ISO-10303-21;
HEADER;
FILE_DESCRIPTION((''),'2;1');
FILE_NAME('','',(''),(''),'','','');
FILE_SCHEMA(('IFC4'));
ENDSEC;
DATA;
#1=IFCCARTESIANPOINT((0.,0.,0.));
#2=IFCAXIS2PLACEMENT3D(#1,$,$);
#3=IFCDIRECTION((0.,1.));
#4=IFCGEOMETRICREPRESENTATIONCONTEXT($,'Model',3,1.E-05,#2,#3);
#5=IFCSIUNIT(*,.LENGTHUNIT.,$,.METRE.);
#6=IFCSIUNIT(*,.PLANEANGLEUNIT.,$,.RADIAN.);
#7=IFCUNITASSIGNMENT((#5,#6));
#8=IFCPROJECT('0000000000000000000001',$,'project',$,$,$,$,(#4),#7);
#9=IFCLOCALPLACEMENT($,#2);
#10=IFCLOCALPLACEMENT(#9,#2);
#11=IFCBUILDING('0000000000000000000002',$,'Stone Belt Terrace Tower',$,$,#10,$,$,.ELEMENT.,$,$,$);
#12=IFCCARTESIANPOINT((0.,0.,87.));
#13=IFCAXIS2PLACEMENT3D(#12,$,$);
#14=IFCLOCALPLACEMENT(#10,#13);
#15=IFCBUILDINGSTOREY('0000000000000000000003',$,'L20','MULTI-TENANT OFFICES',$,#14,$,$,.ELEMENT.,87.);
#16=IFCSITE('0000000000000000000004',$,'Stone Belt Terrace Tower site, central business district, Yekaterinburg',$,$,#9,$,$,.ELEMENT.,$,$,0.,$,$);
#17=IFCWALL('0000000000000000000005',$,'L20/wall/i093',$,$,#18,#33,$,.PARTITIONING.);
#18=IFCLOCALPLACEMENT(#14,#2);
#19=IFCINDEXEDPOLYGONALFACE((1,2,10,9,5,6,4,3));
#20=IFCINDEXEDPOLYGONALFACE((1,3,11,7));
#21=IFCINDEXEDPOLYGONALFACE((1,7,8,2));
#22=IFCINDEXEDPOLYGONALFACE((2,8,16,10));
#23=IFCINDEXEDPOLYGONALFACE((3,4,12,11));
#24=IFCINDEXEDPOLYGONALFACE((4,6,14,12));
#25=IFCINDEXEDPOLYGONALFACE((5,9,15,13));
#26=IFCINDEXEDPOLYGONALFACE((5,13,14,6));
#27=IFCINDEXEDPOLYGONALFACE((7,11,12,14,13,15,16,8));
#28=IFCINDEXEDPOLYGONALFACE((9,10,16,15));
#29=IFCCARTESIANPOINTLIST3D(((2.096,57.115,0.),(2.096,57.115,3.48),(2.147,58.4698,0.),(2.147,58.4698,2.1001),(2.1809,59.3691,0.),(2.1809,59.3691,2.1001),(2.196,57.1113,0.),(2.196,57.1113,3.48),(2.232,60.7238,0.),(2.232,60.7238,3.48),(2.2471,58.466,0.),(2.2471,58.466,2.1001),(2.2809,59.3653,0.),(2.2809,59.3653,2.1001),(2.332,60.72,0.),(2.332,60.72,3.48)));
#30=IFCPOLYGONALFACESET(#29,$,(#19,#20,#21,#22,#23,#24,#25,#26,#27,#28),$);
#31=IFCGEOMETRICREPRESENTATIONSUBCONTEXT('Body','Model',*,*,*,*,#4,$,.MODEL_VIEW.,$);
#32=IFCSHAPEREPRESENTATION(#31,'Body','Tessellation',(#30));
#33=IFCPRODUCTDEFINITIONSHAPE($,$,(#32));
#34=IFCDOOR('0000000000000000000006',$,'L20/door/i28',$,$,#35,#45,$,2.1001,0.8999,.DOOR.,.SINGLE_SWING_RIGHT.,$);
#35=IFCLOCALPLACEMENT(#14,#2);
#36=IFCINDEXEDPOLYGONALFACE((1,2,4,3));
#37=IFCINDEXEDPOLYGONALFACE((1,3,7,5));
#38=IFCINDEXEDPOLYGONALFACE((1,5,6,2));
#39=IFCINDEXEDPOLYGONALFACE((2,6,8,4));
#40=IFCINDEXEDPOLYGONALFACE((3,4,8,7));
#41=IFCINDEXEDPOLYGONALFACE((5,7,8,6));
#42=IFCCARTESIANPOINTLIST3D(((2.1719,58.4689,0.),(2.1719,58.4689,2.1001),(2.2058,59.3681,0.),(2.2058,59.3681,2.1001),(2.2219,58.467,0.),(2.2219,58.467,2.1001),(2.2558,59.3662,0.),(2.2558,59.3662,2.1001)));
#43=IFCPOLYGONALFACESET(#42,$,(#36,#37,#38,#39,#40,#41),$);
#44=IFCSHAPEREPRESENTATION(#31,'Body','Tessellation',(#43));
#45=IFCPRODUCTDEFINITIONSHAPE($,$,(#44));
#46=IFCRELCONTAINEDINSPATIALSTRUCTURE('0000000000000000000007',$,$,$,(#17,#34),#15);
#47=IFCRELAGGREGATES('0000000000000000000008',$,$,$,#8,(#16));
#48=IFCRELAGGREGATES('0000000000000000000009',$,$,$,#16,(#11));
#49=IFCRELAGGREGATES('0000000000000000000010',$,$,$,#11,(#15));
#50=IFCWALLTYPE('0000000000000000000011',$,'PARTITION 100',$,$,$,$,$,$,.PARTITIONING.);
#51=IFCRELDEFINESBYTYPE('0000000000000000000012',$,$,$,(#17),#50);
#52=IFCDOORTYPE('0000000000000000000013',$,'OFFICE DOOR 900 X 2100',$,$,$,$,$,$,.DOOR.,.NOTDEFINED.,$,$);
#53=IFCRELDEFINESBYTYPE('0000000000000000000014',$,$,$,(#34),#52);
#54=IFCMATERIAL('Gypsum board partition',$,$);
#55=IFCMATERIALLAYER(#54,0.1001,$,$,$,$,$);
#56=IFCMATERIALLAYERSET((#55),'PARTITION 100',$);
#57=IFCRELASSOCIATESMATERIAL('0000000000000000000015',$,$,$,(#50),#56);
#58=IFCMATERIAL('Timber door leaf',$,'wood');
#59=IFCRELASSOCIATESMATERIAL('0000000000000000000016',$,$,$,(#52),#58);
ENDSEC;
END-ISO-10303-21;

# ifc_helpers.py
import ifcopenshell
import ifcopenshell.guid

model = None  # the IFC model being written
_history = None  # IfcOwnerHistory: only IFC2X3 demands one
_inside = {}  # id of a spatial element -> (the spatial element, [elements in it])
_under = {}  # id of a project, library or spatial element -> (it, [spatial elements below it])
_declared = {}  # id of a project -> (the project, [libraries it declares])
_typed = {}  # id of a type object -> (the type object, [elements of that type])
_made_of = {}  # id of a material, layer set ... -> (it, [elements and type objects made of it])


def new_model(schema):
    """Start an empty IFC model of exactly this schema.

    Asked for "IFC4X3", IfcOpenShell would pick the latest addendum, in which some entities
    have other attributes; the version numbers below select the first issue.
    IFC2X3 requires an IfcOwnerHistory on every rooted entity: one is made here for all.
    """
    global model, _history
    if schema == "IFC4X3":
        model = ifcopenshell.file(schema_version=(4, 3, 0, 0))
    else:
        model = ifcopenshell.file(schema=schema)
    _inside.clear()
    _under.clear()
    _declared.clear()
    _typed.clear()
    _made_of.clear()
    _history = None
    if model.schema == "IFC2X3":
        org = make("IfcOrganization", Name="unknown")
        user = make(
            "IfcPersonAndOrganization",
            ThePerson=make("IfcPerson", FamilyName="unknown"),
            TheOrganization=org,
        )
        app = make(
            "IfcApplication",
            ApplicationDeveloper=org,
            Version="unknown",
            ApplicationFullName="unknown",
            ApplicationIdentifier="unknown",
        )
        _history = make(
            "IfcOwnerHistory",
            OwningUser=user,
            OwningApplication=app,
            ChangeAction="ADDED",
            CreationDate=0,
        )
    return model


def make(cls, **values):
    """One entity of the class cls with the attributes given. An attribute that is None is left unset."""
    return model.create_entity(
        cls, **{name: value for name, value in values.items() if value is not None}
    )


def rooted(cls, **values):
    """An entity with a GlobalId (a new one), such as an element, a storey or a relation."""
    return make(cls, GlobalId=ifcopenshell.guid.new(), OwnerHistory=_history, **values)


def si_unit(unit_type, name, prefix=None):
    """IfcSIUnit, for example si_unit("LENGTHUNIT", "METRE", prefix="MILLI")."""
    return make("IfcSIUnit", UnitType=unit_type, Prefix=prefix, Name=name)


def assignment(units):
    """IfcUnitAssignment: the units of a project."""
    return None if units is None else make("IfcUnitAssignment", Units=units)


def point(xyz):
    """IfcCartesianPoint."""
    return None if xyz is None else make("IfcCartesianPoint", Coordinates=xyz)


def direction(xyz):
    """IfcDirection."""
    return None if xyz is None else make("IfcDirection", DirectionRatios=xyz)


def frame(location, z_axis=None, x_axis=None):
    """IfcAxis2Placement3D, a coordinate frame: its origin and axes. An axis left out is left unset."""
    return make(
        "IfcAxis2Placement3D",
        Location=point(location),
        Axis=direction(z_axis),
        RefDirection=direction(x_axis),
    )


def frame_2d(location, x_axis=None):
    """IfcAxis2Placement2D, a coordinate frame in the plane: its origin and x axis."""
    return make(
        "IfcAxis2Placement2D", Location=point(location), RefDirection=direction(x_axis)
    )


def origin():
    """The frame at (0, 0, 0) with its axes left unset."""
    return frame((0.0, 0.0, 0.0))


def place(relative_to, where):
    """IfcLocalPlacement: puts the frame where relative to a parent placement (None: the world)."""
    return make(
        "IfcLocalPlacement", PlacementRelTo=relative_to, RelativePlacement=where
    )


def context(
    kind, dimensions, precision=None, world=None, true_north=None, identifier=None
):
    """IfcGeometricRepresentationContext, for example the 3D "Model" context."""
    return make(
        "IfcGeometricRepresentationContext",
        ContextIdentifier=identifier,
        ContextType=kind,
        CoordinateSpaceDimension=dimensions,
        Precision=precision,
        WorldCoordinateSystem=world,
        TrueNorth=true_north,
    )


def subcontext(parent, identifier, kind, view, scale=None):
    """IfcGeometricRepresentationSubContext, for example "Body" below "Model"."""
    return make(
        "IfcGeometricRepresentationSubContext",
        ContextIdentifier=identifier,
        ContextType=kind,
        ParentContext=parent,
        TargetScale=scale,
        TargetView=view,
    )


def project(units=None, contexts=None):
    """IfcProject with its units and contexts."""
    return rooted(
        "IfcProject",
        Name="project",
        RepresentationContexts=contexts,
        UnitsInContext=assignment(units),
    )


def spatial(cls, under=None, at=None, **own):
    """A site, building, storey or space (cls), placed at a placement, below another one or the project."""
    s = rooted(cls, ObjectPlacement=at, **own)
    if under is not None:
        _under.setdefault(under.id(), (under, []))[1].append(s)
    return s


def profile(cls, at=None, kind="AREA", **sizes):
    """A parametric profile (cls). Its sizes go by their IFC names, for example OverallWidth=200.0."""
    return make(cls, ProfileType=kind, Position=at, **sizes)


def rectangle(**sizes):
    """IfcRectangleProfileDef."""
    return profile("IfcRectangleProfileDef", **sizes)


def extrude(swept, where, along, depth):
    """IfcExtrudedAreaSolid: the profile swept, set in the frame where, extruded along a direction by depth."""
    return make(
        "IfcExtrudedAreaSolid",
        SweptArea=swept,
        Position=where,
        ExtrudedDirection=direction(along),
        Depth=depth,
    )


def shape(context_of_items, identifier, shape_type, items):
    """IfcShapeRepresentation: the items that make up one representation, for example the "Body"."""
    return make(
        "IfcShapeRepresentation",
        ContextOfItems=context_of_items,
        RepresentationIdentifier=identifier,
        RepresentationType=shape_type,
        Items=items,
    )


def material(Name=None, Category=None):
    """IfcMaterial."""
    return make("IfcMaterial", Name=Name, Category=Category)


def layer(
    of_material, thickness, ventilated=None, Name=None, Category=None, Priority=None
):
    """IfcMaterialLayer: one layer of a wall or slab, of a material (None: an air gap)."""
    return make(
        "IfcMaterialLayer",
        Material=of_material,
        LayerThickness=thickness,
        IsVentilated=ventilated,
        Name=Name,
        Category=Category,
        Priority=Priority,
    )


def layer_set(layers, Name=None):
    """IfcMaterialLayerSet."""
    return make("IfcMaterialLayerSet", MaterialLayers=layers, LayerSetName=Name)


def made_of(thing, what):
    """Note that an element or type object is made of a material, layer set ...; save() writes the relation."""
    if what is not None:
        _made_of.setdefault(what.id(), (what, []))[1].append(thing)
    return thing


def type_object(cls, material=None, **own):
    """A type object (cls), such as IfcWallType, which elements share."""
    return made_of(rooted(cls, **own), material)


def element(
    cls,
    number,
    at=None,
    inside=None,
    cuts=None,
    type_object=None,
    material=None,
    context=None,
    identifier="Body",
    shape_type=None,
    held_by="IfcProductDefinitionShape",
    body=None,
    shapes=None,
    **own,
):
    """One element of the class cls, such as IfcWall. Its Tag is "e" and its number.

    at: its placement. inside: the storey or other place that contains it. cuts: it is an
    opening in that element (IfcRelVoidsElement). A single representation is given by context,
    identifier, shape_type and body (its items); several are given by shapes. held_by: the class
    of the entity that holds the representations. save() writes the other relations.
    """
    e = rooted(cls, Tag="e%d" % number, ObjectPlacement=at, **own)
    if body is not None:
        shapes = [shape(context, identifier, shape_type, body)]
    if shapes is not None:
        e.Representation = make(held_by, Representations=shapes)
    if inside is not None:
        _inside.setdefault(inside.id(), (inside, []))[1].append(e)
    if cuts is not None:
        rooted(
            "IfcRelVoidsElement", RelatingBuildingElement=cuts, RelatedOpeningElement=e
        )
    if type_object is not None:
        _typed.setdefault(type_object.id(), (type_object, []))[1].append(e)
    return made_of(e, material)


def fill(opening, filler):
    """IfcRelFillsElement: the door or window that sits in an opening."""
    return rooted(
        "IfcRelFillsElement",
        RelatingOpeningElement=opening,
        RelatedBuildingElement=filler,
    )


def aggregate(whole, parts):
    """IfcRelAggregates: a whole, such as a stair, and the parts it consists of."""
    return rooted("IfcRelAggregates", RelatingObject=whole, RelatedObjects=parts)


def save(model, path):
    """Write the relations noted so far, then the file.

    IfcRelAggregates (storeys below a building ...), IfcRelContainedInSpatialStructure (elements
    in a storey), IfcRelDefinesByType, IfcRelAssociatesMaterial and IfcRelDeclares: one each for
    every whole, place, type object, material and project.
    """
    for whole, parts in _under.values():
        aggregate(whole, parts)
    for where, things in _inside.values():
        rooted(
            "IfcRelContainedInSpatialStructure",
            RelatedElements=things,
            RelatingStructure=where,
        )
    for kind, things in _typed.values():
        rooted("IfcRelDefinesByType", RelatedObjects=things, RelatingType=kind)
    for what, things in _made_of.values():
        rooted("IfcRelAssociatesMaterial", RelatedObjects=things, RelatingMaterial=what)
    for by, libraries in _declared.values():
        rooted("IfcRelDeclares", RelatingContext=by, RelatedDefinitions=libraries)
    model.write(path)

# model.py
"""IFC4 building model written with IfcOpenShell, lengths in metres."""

from ifc_helpers import new_model, si_unit, direction, frame, frame_2d, origin, place, context, subcontext, project, spatial, rectangle, extrude, material, layer, layer_set, type_object, element, fill, save


model = new_model("IFC4")

# Units and contexts
model_context = context("Model", 3, precision=1e-05, world=origin(), true_north=direction((0.0, 1.0)))
body_context = subcontext(model_context, "Body", "Model", "MODEL_VIEW")
ifc_project = project(units=[si_unit("LENGTHUNIT", "METRE"), si_unit("PLANEANGLEUNIT", "RADIAN")], contexts=[model_context])

# Site, building, storey
site_placement = place(None, origin())
site = spatial("IfcSite", under=ifc_project, at=site_placement, Name="Stone Belt Terrace Tower site, central business district, Yekaterinburg", CompositionType="ELEMENT", RefElevation=0.0)
building_placement = place(site_placement, origin())
building = spatial("IfcBuilding", under=site, at=building_placement, Name="Stone Belt Terrace Tower", CompositionType="ELEMENT")
storey_placement = place(building_placement, frame((0.0, 0.0, 87.0)))
storey = spatial("IfcBuildingStorey", under=building, at=storey_placement, Name="L20", Description="MULTI-TENANT OFFICES", CompositionType="ELEMENT", Elevation=87.0)

# Shared definitions
ifc_material_1 = material(Name="Gypsum board partition")
ifc_layer_1 = layer(ifc_material_1, 0.1001)
ifc_layer_set_1 = layer_set([ifc_layer_1], Name="PARTITION 100")
wall_type_1 = type_object("IfcWallType", Name="PARTITION 100", PredefinedType="PARTITIONING", material=ifc_layer_set_1)

# Wall, opening, door
wall_1_placement = place(storey_placement, frame((2.282, 60.7219, 0.0), z_axis=(0.0, 0.0, 1.0), x_axis=(-0.037654, -0.999291, 0.0)))
wall_1 = element("IfcWall", 1, at=wall_1_placement, inside=storey, type_object=wall_type_1, Name="L20/wall/i093", PredefinedType="PARTITIONING", context=body_context, shape_type="SweptSolid", body=[
    extrude(rectangle(XDim=3.6113, YDim=0.1001, at=frame_2d((1.8057, 0.0))), origin(), (0.0, 0.0, 1.0), 3.48),
])
opening_placement = place(wall_1_placement, frame((1.3557, 0.0, 0.0)))
opening = element("IfcOpeningElement", 2, at=opening_placement, cuts=wall_1, PredefinedType="OPENING", context=body_context, shape_type="SweptSolid", body=[
    extrude(rectangle(XDim=0.8999, YDim=2.1001, at=frame_2d((0.45, 1.05))), frame((0.0, 0.0601, 0.0), z_axis=(0.0, -1.0, 0.0), x_axis=(1.0, 0.0, 0.0)), (0.0, 0.0, 1.0), 0.1201),
])
ifc_material_2 = material(Name="Timber door leaf", Category="wood")
door_type = type_object("IfcDoorType", Name="OFFICE DOOR 900 X 2100", OperationType="NOTDEFINED", PredefinedType="DOOR", material=ifc_material_2)
door_placement = place(opening_placement, origin())
door = element("IfcDoor", 3, at=door_placement, inside=storey, type_object=door_type, Name="L20/door/i28", OperationType="SINGLE_SWING_RIGHT", OverallHeight=2.1001, OverallWidth=0.8999, PredefinedType="DOOR", context=body_context, shape_type="SweptSolid", body=[
    extrude(rectangle(XDim=0.8999, YDim=2.1001, at=frame_2d((0.45, 1.05))), frame((0.0, 0.0249, 0.0), z_axis=(0.0, -1.0, 0.0), x_axis=(1.0, 0.0, 0.0)), (0.0, 0.0, 1.0), 0.05),
])
fill(opening, door)

save(model, "model.ifc")
